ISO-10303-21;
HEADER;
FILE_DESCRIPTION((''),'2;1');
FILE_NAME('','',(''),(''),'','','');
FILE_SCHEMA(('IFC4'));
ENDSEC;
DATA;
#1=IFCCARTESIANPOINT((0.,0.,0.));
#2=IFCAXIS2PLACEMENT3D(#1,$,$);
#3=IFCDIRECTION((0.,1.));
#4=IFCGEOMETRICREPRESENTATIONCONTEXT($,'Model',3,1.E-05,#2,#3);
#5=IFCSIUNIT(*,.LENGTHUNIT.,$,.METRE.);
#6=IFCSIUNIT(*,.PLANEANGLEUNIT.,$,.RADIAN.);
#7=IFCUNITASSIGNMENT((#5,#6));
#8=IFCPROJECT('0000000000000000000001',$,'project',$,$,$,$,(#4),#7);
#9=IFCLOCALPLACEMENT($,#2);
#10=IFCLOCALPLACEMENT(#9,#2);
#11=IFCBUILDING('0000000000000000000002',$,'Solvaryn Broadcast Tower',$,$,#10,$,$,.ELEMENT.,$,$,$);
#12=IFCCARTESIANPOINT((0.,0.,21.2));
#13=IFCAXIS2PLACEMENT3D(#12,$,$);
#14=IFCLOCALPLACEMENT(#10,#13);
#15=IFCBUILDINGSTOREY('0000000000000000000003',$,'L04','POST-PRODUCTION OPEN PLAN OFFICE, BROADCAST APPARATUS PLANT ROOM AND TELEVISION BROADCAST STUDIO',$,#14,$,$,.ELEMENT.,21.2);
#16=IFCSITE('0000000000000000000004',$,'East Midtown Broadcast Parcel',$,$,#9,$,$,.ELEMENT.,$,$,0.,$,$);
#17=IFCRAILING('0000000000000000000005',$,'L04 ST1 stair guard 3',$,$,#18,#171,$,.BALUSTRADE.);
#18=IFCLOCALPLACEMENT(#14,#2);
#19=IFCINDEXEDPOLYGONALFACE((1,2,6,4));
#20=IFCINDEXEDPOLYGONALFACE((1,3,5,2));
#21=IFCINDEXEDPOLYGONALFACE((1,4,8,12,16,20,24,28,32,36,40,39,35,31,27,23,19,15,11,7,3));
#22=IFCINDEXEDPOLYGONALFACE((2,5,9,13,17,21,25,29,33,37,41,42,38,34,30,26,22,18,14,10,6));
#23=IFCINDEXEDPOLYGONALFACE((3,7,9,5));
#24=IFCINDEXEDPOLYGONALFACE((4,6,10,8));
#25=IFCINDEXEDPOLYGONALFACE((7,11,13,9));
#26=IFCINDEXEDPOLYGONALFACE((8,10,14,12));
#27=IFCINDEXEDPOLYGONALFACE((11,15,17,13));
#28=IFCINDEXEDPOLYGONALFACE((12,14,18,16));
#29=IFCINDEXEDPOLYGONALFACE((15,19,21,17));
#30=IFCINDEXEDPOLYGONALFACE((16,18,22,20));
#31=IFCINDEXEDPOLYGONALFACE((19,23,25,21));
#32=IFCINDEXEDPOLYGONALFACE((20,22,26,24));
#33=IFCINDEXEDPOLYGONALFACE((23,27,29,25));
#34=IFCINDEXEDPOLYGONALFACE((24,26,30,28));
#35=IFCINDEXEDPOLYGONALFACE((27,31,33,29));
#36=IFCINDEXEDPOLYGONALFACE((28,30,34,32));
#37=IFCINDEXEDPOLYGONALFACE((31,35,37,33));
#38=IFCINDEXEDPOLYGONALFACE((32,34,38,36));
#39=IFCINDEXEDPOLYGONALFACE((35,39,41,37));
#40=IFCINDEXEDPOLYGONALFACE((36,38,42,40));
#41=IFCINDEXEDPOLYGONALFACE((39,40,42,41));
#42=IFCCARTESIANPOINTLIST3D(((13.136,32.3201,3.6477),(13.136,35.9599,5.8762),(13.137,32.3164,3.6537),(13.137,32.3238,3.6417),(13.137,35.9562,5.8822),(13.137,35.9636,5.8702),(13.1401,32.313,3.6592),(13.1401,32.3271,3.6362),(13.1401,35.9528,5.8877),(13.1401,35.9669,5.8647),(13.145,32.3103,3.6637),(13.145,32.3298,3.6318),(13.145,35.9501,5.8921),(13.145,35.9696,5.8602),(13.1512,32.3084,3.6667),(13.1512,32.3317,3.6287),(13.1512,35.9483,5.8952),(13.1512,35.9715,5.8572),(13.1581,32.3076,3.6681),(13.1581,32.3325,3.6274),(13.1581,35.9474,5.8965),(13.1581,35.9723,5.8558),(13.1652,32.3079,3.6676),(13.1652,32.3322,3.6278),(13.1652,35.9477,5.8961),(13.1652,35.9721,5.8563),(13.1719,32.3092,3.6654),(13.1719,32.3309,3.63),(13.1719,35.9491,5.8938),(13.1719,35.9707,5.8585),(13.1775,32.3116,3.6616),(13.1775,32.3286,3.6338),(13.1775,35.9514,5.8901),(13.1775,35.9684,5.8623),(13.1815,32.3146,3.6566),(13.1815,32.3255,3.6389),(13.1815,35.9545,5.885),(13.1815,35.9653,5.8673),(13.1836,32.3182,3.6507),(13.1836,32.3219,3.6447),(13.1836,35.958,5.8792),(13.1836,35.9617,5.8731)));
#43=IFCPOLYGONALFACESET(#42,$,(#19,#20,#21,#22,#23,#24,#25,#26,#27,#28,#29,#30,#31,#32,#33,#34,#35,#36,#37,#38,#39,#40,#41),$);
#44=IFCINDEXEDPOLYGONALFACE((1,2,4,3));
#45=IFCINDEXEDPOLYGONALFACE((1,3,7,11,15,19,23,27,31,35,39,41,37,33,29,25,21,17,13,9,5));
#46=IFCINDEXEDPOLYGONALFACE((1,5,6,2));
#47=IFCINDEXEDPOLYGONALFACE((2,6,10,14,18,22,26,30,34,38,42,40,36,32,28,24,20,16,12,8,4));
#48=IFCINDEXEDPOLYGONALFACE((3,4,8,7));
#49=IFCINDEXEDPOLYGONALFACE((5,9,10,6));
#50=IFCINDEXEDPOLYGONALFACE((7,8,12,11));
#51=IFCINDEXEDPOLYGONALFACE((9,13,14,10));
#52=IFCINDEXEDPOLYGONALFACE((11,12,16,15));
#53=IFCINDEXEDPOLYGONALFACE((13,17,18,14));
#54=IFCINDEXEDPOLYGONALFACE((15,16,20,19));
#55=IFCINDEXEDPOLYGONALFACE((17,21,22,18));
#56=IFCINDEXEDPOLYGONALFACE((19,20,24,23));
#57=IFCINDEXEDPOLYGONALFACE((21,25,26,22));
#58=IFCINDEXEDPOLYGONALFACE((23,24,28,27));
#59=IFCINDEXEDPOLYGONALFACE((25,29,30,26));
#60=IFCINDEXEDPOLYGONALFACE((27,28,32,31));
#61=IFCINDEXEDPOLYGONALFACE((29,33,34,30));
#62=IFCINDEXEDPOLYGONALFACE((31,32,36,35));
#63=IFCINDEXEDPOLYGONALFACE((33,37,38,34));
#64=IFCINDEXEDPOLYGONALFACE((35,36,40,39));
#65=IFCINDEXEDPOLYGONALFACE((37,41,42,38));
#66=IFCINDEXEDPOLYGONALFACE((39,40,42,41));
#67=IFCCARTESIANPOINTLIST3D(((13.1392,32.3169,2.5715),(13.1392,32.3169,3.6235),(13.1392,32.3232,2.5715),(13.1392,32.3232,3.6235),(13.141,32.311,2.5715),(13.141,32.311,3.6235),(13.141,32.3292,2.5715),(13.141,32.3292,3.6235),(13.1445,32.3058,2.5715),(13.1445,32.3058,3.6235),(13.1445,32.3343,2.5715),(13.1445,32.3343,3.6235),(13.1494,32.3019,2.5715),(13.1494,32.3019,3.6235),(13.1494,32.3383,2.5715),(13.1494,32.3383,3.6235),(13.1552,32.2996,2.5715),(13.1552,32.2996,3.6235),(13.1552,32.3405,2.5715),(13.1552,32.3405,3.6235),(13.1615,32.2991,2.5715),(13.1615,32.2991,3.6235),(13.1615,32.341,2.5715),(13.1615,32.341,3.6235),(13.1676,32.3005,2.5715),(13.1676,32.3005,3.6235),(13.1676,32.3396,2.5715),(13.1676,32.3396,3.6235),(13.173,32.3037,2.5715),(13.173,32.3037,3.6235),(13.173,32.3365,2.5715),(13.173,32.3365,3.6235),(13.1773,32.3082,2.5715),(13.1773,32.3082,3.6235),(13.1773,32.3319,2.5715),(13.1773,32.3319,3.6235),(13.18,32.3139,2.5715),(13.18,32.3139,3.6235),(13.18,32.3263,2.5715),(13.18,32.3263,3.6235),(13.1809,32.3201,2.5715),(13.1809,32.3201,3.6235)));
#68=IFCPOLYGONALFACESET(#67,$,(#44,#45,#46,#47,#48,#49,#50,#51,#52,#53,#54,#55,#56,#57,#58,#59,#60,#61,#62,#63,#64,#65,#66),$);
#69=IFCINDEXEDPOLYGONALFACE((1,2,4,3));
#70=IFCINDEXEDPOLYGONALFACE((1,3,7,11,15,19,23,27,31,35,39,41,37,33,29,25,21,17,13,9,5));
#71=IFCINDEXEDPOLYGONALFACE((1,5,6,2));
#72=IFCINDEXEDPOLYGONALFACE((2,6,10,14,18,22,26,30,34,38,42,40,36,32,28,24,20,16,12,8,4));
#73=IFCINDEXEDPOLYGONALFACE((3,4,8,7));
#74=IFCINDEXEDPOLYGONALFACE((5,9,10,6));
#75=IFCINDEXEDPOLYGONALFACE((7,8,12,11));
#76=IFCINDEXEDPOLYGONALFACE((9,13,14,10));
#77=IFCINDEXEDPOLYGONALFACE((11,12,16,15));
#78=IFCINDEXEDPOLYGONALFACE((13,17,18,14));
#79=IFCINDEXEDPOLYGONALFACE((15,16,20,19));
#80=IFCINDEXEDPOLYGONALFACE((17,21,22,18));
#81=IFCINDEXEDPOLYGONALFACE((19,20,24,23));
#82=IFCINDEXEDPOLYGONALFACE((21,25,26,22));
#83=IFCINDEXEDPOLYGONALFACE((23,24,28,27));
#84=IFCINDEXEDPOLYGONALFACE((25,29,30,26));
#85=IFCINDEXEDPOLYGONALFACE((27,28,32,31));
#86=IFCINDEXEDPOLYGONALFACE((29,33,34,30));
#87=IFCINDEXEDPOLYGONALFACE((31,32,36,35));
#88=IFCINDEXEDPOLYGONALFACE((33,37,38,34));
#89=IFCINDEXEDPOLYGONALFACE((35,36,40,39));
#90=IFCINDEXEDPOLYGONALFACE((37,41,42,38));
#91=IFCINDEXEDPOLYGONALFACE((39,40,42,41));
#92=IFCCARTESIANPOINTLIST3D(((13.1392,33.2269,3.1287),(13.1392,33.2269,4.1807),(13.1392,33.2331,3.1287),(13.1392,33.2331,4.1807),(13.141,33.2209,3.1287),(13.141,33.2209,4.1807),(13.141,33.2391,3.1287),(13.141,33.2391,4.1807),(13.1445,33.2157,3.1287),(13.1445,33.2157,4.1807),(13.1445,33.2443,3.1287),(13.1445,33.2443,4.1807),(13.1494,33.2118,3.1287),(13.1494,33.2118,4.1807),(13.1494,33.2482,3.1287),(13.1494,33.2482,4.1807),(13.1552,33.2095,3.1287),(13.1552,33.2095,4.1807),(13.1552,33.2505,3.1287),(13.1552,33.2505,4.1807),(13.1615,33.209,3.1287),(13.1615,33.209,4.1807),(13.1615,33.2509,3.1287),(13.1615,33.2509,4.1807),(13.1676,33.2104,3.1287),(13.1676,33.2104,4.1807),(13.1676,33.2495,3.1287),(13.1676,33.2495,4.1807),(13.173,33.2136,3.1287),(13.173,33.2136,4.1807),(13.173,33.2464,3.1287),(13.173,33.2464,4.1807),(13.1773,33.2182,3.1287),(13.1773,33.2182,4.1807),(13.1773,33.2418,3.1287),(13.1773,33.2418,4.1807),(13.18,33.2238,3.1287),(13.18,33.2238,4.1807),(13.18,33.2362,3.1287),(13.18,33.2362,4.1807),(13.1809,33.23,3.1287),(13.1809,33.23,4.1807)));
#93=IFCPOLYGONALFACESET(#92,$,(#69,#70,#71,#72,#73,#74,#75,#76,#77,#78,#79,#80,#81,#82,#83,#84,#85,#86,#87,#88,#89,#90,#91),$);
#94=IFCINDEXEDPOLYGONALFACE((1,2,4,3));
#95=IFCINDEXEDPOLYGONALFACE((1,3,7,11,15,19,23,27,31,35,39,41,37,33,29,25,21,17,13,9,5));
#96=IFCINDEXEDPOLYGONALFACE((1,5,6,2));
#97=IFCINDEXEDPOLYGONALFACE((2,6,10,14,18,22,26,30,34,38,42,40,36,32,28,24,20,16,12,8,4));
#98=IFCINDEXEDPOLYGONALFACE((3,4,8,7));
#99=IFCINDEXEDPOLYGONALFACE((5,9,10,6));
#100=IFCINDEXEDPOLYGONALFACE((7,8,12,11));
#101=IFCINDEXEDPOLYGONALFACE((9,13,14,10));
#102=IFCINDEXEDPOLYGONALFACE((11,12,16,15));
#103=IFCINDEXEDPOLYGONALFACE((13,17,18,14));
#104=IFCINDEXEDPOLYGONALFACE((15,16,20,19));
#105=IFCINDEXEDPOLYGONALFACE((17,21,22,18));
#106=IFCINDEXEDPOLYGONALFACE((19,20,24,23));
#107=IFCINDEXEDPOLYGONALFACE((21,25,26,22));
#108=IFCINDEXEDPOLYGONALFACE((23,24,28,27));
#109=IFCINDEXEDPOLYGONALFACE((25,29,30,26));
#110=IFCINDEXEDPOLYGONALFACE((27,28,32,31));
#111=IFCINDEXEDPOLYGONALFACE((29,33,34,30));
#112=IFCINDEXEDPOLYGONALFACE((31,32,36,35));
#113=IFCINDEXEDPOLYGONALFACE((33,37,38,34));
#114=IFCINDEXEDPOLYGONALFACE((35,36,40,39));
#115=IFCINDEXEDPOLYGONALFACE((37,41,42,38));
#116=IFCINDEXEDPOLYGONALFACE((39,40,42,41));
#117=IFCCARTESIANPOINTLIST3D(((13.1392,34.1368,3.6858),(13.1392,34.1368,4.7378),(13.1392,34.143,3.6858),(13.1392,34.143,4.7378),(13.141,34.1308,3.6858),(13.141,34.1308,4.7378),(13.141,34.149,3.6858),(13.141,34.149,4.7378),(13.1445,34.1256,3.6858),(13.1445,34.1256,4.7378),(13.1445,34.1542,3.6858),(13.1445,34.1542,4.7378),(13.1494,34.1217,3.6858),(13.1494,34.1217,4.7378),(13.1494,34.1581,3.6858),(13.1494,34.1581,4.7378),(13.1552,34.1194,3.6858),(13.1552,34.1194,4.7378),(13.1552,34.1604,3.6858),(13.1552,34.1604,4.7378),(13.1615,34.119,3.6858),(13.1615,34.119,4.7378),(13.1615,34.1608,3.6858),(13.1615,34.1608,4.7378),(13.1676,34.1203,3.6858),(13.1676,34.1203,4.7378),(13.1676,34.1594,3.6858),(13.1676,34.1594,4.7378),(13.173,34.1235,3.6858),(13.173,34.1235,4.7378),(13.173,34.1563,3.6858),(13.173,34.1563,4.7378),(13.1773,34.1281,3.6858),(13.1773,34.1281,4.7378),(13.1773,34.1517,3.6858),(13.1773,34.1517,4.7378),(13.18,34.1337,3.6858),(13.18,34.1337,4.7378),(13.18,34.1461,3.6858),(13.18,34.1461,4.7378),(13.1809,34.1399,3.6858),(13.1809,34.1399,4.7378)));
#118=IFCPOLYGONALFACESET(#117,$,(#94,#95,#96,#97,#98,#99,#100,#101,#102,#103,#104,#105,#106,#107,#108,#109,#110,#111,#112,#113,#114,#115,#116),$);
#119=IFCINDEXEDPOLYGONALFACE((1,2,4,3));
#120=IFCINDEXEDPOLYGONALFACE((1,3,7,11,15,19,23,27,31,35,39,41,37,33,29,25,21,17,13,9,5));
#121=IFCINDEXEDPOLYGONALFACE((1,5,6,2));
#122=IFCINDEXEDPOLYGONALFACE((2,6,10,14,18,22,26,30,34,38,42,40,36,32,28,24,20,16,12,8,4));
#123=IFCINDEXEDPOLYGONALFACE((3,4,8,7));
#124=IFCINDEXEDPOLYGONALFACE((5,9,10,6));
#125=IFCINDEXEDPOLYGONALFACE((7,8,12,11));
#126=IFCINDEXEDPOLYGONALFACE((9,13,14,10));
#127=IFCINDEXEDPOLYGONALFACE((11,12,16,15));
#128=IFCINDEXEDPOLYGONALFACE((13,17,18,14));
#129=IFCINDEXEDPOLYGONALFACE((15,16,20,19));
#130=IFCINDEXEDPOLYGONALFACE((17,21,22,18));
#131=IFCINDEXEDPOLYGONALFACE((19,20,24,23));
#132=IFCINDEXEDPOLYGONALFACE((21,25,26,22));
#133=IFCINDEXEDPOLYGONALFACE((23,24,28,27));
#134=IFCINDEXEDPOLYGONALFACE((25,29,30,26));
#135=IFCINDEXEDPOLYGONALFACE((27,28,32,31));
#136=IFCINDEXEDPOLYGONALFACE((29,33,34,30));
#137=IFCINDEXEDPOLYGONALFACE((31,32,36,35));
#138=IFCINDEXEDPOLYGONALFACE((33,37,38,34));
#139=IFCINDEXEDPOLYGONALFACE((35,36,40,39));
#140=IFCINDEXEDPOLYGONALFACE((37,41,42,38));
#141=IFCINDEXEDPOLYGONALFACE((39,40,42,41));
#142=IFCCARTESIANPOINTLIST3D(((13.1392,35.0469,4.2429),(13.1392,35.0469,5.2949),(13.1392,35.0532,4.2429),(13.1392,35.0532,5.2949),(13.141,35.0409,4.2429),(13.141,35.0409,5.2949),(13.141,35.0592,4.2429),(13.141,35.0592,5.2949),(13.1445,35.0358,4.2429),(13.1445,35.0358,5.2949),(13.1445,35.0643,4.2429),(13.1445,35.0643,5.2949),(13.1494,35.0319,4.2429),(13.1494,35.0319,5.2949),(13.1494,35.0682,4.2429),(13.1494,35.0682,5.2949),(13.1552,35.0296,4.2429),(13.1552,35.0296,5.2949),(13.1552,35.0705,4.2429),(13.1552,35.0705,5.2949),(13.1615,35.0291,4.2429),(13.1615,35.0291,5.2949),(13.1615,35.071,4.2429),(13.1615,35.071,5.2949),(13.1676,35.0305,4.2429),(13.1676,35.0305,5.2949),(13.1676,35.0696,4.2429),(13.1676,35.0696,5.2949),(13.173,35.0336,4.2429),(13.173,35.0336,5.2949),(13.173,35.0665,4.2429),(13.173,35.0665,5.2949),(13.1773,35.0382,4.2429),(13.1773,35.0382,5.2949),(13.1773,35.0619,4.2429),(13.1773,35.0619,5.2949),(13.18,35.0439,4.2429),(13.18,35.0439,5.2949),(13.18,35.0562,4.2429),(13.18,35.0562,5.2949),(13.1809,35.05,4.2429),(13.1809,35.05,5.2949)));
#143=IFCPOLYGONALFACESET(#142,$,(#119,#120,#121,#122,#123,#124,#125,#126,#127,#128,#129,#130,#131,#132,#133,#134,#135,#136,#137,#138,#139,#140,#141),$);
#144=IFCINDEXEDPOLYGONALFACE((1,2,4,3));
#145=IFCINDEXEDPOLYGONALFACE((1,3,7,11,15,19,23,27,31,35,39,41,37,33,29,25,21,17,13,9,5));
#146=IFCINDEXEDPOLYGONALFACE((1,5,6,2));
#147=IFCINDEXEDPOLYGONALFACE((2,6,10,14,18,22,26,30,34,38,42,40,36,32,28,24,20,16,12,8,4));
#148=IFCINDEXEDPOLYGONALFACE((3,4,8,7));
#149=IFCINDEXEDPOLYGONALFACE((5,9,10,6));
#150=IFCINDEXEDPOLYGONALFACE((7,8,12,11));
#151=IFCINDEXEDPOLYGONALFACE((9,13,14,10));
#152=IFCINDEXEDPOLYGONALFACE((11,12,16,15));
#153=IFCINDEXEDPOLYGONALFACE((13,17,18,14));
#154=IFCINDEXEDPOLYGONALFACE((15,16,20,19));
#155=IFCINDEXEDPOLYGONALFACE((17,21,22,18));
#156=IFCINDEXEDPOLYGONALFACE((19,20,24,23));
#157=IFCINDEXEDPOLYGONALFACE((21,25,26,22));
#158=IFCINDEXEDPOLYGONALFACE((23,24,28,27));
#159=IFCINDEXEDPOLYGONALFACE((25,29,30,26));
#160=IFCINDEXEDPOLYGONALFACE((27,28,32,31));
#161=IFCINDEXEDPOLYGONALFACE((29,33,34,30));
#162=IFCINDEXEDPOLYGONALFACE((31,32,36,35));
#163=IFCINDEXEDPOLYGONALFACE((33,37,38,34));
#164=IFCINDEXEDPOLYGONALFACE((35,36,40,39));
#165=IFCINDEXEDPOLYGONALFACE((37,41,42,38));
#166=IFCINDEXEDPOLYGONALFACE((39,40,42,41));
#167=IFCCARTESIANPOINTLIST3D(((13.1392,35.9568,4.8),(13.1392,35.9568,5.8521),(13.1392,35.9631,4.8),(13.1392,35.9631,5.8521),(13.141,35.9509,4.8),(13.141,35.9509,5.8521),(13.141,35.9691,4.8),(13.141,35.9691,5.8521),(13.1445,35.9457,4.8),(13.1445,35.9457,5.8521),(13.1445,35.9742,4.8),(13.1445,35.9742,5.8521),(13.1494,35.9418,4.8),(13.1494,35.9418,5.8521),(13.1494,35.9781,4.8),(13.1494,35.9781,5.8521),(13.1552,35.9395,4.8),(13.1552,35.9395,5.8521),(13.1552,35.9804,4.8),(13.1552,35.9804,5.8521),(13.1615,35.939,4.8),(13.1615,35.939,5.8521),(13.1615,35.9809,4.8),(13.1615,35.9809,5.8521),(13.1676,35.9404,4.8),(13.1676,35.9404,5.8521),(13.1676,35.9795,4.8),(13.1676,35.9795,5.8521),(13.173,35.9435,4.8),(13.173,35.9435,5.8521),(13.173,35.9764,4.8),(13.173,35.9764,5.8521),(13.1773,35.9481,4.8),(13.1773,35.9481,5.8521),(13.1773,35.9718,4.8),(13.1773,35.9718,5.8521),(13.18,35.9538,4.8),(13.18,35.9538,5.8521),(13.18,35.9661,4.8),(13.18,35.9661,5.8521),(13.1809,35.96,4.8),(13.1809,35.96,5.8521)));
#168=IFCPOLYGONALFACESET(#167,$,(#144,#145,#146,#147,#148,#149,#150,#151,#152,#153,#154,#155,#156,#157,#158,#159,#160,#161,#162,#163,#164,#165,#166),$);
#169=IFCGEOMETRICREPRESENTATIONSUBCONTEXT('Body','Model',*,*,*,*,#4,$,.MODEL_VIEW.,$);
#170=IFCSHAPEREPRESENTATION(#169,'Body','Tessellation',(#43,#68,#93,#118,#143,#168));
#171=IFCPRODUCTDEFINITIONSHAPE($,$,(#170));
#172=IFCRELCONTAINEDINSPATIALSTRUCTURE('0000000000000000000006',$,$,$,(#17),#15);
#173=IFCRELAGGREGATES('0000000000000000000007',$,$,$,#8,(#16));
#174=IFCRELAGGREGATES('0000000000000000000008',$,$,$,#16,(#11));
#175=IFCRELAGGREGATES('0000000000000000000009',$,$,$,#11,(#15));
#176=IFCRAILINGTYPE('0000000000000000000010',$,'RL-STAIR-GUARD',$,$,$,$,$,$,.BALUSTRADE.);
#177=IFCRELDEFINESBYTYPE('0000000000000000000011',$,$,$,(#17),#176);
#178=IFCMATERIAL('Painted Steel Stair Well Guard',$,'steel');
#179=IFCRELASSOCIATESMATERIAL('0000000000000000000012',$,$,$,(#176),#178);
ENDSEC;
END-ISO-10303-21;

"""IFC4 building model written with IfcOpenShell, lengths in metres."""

from ifc_helpers import new_model, si_unit, direction, frame, origin, origin_2d, place, context, subcontext, project, spatial, circle, extrude, material, type_object, element, save


model = new_model("IFC4")

# Units and contexts
model_context = context("Model", 3, precision=1e-05, world=origin(), true_north=direction((0.0, 1.0)))
body_context = subcontext(model_context, "Body", "Model", "MODEL_VIEW")
ifc_project = project(units=[si_unit("LENGTHUNIT", "METRE"), si_unit("PLANEANGLEUNIT", "RADIAN")], contexts=[model_context])

# Site, building, storey
site_placement = place(None, origin())
site = spatial("IfcSite", under=ifc_project, at=site_placement, Name="East Midtown Broadcast Parcel", CompositionType="ELEMENT", RefElevation=0.0)
building_placement = place(site_placement, origin())
building = spatial("IfcBuilding", under=site, at=building_placement, Name="Solvaryn Broadcast Tower", CompositionType="ELEMENT")
storey_placement = place(building_placement, frame((0.0, 0.0, 21.2)))
storey = spatial("IfcBuildingStorey", under=building, at=storey_placement, Name="L04", Description="POST-PRODUCTION OPEN PLAN OFFICE, BROADCAST APPARATUS PLANT ROOM AND TELEVISION BROADCAST STUDIO", CompositionType="ELEMENT", Elevation=21.2)

# Railing
ifc_material_1 = material(Name="Painted Steel Stair Well Guard", Category="steel")
railing_type_1 = type_object("IfcRailingType", Name="RL-STAIR-GUARD", PredefinedType="BALUSTRADE", material=ifc_material_1)
railing_1_placement = place(storey_placement, frame((13.1599, 32.3201, 2.5715)))
element("IfcRailing", 1, at=railing_1_placement, inside=storey, type_object=railing_type_1, Name="L04 ST1 stair guard 3", PredefinedType="BALUSTRADE", context=body_context, shape_type="SweptSolid", body=[
    extrude(circle(Radius=0.0239, at=origin_2d()), frame((0.0, 0.0, 1.0762), z_axis=(0.0, 0.85285, 0.522156), x_axis=(-1.0, 0.0, 0.0)), (0.0, 0.0, 1.0), 4.2678),
    extrude(circle(Radius=0.021, at=origin_2d()), origin(), (0.0, 0.0, 1.0), 1.052),
    extrude(circle(Radius=0.021, at=origin_2d()), frame((0.0, 0.9099, 0.5571)), (0.0, 0.0, 1.0), 1.052),
    extrude(circle(Radius=0.021, at=origin_2d()), frame((0.0, 1.8198, 1.1143)), (0.0, 0.0, 1.0), 1.052),
    extrude(circle(Radius=0.021, at=origin_2d()), frame((0.0, 2.73, 1.6714)), (0.0, 0.0, 1.0), 1.052),
    extrude(circle(Radius=0.021, at=origin_2d()), frame((0.0, 3.6399, 2.2285)), (0.0, 0.0, 1.0), 1.052),
])

save(model, "model.ifc")
